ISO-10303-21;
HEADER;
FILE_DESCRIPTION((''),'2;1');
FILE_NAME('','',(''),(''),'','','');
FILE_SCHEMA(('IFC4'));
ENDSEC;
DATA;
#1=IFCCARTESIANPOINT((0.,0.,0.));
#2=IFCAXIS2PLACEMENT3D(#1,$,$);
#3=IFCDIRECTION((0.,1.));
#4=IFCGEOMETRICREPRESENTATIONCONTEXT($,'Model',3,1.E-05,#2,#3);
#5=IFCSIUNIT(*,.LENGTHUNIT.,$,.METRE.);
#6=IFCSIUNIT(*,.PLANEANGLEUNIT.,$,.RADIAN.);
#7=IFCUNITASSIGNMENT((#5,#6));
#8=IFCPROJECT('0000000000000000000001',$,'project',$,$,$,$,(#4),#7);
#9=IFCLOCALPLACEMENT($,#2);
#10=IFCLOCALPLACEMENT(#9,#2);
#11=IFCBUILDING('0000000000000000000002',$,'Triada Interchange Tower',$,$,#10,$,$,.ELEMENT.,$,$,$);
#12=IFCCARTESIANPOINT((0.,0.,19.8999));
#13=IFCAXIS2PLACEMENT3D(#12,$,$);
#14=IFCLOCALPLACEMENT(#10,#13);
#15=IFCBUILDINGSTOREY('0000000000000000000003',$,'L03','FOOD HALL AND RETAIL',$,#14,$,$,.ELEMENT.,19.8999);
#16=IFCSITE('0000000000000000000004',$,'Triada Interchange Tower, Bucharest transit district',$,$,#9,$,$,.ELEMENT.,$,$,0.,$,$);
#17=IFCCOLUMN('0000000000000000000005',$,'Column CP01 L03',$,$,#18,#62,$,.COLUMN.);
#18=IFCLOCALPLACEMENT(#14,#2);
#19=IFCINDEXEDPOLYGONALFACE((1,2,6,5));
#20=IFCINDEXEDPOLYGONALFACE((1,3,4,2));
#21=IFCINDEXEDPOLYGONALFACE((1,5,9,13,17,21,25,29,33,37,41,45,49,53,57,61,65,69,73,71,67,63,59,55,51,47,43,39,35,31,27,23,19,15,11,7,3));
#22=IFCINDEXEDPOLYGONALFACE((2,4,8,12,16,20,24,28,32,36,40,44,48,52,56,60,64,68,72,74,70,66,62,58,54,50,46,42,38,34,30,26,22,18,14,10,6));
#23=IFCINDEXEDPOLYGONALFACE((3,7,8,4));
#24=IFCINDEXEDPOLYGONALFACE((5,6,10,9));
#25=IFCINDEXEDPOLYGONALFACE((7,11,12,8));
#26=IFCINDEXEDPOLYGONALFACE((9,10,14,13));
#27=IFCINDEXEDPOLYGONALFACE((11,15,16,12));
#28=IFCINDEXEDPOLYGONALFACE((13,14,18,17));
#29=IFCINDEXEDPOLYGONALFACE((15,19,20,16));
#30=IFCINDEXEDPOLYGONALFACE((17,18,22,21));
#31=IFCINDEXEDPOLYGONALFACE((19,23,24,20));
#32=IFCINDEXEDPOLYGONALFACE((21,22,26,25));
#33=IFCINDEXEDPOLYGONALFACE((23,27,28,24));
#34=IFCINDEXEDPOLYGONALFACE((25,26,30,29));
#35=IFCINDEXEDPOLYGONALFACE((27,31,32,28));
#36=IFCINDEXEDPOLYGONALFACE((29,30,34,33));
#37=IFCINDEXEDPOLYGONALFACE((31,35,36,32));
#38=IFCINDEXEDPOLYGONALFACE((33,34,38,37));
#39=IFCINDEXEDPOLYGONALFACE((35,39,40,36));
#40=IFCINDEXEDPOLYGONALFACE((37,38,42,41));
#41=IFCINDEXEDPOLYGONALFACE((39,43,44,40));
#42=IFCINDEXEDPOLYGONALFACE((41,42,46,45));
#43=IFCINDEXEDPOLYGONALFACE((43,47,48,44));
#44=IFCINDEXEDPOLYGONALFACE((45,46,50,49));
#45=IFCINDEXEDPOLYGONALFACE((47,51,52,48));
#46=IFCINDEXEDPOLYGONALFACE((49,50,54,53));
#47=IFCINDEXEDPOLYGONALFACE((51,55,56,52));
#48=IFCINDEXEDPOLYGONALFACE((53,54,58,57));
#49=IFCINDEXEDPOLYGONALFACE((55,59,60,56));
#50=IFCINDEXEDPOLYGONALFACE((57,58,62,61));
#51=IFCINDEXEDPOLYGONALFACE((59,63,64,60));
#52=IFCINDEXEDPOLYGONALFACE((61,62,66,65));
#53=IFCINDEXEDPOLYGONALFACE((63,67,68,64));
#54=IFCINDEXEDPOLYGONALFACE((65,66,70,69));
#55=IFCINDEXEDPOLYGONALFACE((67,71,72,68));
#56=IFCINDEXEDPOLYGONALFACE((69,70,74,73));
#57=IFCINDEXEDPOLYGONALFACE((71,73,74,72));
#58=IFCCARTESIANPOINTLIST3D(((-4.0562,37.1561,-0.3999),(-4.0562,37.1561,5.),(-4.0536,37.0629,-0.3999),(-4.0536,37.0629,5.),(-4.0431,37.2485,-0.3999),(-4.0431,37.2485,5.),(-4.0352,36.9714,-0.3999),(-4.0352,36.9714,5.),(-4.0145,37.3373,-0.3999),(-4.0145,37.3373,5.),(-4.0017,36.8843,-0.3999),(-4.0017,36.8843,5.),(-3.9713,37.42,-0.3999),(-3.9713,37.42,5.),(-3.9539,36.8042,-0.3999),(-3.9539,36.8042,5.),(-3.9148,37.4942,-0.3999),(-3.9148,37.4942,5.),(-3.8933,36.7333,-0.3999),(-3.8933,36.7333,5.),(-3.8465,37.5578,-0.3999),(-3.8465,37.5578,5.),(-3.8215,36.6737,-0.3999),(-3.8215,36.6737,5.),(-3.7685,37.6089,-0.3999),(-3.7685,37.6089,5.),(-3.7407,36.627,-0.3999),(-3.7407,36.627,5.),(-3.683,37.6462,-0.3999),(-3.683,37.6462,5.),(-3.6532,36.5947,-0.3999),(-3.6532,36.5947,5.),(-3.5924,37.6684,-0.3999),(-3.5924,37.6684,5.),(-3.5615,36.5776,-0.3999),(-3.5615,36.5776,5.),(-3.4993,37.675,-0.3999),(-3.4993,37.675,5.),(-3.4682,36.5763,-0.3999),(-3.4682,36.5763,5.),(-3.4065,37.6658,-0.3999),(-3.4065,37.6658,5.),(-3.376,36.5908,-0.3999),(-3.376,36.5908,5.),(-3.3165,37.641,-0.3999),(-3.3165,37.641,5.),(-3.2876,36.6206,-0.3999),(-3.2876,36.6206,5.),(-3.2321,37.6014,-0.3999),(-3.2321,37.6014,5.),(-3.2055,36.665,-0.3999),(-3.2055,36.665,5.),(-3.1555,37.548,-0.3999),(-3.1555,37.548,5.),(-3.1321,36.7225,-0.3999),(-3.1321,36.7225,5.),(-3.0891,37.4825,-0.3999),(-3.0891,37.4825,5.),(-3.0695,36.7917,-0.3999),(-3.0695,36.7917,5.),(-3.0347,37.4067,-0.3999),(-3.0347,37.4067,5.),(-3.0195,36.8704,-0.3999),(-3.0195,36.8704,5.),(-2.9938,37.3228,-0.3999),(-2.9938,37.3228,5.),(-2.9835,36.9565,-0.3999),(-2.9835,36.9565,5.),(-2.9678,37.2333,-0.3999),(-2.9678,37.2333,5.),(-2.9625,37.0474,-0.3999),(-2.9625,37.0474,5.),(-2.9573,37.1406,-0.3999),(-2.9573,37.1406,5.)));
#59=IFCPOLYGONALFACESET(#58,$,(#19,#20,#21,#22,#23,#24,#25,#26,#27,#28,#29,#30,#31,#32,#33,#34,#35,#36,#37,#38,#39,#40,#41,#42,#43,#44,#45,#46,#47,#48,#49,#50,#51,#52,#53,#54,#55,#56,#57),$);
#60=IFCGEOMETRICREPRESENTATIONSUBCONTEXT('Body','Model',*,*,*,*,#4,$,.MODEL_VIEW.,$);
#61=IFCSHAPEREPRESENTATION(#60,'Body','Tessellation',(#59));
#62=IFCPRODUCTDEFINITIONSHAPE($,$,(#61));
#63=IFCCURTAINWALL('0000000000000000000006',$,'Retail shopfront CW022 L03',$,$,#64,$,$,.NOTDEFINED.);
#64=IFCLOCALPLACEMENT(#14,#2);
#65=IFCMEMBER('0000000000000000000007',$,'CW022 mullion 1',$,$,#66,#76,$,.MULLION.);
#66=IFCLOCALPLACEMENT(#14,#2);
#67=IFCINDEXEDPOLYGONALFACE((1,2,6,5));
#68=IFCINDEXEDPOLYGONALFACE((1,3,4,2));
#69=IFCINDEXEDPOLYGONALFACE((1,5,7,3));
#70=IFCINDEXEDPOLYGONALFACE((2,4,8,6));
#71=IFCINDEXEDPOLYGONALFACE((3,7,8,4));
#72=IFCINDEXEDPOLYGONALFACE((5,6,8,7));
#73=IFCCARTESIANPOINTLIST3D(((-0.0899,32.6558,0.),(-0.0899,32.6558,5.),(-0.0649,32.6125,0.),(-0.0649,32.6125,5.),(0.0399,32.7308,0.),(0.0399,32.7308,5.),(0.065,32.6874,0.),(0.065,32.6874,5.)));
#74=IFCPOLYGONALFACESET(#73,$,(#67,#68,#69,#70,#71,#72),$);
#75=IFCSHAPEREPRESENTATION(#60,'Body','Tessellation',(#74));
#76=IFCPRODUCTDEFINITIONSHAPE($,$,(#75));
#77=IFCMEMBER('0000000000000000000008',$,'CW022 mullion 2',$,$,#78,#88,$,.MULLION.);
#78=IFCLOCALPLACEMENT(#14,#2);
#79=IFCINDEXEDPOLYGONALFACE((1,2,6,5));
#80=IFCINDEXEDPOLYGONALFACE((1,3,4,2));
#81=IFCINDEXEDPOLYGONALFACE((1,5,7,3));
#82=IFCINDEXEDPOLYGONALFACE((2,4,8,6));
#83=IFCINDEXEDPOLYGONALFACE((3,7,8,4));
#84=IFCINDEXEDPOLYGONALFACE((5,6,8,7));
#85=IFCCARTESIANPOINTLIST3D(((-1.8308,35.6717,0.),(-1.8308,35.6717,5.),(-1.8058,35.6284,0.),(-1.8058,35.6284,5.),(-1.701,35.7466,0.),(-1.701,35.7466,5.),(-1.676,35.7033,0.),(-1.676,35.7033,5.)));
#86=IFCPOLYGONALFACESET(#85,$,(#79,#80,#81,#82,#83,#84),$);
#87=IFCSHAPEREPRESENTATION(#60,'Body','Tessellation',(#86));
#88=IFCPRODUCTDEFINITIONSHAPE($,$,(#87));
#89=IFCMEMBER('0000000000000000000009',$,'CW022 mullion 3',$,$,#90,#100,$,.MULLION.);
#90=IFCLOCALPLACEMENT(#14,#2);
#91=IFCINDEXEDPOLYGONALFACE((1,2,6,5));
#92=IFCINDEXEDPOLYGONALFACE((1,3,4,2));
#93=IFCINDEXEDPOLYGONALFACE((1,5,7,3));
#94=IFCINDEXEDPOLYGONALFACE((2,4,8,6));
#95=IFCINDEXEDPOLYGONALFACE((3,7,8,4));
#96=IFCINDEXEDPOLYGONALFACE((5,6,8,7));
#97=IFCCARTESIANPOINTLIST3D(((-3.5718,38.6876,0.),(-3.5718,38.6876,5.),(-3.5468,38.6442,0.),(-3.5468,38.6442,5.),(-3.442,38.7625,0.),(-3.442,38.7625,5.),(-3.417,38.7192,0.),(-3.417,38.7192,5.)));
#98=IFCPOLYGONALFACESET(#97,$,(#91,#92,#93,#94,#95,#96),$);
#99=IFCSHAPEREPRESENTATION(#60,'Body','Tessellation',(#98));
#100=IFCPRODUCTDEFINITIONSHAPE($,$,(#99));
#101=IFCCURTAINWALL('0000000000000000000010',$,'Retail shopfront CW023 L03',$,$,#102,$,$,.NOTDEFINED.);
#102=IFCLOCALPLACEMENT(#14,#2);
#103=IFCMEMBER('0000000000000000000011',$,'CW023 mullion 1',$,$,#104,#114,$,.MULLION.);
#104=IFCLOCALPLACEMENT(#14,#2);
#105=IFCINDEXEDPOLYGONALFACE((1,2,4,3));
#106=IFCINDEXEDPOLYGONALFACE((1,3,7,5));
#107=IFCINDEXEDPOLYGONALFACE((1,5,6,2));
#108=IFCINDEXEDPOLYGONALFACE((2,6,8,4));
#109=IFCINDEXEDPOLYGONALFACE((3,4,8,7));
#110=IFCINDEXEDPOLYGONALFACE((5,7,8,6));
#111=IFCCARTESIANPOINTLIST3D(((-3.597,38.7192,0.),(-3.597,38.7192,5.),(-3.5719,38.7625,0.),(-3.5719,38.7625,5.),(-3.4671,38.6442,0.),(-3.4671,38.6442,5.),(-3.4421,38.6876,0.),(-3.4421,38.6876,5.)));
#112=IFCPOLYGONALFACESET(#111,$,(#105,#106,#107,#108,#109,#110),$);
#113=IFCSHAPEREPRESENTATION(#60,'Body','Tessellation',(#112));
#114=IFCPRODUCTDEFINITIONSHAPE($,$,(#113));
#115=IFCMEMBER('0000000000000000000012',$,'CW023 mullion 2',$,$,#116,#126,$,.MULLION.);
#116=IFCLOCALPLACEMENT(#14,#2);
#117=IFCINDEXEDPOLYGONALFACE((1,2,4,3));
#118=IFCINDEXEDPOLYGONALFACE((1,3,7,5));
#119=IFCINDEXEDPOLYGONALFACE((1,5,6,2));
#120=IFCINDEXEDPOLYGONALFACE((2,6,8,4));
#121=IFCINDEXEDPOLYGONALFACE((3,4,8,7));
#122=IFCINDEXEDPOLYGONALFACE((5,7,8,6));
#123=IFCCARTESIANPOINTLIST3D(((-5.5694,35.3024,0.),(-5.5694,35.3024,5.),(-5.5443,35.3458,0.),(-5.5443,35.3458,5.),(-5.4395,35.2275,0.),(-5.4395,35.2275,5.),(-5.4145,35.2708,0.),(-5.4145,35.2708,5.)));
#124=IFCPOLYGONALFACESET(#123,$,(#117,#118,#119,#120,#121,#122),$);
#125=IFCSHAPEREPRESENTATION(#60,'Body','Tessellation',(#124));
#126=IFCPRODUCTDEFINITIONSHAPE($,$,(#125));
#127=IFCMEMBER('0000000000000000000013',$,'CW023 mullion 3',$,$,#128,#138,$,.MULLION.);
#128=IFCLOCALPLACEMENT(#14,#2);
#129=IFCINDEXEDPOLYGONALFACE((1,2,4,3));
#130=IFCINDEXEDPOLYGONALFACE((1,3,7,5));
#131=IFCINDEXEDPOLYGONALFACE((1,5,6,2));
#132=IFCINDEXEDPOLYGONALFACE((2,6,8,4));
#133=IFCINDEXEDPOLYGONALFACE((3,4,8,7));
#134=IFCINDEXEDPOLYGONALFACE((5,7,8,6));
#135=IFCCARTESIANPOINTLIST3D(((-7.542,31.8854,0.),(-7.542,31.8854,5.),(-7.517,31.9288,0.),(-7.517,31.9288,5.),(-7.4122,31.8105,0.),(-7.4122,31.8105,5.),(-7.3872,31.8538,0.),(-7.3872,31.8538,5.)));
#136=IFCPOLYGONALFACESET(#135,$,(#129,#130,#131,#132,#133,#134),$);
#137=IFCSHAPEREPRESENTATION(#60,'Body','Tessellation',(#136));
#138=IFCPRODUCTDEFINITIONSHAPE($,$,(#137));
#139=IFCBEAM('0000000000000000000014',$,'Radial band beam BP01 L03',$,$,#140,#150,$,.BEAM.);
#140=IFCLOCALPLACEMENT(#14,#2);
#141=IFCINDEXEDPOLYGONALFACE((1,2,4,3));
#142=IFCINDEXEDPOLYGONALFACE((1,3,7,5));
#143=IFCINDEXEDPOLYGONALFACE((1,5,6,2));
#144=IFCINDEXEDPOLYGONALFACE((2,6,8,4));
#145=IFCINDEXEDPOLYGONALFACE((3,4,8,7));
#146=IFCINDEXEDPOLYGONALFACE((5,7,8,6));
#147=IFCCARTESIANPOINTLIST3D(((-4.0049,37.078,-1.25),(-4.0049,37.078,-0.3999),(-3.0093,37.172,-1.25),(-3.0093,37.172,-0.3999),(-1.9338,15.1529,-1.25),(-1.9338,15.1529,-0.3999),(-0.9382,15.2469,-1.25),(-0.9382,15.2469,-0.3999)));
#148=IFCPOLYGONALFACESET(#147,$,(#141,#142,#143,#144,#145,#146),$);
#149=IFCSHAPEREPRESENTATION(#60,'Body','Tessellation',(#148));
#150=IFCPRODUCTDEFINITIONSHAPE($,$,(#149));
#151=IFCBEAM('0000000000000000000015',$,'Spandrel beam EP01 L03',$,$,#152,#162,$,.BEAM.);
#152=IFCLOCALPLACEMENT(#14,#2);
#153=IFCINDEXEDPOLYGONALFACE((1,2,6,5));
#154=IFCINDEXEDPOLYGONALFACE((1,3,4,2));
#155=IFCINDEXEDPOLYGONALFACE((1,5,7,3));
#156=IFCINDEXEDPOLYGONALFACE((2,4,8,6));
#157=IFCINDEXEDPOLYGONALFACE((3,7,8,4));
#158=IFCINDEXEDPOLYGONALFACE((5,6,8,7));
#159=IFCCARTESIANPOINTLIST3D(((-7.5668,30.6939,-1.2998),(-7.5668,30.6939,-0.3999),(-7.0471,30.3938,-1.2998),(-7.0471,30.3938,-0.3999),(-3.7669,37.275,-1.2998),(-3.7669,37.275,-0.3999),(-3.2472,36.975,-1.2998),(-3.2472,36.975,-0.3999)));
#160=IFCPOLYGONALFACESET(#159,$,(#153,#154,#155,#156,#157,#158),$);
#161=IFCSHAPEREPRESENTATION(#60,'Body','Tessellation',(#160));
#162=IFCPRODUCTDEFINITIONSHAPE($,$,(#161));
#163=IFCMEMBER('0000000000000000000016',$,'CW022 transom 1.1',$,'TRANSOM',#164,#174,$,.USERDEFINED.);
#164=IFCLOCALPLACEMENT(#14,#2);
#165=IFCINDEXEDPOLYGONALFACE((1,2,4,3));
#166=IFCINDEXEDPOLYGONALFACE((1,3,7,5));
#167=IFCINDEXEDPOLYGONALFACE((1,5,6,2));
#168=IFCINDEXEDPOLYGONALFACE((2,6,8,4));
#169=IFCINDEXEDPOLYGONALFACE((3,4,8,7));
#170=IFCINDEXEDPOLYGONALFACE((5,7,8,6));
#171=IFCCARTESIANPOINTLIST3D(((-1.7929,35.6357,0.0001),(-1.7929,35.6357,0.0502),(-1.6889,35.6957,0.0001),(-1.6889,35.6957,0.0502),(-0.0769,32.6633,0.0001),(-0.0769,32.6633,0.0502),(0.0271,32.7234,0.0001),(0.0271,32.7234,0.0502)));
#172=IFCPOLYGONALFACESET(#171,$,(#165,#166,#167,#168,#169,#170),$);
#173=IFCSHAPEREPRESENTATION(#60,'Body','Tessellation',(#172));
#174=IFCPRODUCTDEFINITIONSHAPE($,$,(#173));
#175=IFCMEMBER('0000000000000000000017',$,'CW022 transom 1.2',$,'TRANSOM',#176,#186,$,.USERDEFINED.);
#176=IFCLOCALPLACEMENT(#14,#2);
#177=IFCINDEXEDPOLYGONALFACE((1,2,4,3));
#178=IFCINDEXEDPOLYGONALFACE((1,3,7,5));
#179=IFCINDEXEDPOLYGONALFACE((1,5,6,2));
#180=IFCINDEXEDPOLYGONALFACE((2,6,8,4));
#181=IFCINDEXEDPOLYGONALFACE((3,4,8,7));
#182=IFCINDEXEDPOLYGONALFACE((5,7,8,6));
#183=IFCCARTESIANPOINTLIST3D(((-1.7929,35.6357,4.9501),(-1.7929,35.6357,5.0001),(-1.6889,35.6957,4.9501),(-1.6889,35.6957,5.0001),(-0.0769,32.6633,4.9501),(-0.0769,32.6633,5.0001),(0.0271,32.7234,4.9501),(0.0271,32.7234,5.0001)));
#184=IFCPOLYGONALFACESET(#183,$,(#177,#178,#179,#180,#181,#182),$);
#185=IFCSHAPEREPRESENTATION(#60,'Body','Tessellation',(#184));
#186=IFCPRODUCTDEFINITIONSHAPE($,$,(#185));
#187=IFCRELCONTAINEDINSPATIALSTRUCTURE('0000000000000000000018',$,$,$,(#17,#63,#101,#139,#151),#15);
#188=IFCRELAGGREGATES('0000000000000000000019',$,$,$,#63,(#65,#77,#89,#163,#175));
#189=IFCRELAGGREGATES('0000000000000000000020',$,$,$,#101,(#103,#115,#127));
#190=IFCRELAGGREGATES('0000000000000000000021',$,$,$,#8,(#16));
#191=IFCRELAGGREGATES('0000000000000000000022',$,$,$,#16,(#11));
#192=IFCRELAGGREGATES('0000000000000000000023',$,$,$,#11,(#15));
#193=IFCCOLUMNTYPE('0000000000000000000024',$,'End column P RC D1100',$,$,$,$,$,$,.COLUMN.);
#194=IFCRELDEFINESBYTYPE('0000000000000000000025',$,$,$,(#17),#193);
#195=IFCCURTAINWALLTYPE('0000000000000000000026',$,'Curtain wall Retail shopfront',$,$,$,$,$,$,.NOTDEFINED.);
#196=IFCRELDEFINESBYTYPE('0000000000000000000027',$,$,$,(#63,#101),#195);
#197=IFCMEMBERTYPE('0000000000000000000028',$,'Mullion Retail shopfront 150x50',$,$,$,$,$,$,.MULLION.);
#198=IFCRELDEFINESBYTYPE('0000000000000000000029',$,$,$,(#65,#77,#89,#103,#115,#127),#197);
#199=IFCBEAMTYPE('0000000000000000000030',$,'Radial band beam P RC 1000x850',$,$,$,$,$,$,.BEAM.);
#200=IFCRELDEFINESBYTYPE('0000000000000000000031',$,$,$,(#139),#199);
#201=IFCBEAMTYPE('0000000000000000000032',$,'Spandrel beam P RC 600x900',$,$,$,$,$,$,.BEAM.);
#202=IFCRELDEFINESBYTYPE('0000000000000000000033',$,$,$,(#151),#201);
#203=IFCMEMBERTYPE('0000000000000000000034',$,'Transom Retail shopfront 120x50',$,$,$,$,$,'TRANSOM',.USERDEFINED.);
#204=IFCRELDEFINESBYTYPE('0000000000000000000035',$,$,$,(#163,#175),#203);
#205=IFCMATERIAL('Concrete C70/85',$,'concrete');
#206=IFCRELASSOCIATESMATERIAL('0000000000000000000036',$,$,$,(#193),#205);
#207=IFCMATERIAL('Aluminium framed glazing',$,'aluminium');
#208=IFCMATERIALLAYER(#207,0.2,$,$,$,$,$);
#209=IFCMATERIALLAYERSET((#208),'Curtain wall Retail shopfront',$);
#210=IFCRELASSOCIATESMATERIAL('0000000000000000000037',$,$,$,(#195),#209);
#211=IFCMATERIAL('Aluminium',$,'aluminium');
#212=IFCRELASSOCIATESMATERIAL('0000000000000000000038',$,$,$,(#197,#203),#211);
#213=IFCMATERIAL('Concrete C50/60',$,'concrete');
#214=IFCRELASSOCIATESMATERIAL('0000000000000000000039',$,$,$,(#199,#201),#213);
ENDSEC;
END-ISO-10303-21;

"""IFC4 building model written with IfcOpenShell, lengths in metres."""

from ifc_helpers import new_model, si_unit, direction, frame, origin, origin_2d, place, context, subcontext, project, spatial, rectangle, circle, extrude, material, layer, layer_set, material_profile, profile_set, type_object, element, aggregate, save


model = new_model("IFC4")

# Units and contexts
model_context = context("Model", 3, precision=1e-05, world=origin(), true_north=direction((0.0, 1.0)))
body_context = subcontext(model_context, "Body", "Model", "MODEL_VIEW")
ifc_project = project(units=[si_unit("LENGTHUNIT", "METRE"), si_unit("PLANEANGLEUNIT", "RADIAN")], contexts=[model_context])

# Site, building, storey
site_placement = place(None, origin())
site = spatial("IfcSite", under=ifc_project, at=site_placement, Name="Triada Interchange Tower, Bucharest transit district", CompositionType="ELEMENT", RefElevation=0.0)
building_placement = place(site_placement, origin())
building = spatial("IfcBuilding", under=site, at=building_placement, Name="Triada Interchange Tower", CompositionType="ELEMENT")
storey_placement = place(building_placement, frame((0.0, 0.0, 19.8999)))
storey = spatial("IfcBuildingStorey", under=building, at=storey_placement, Name="L03", Description="FOOD HALL AND RETAIL", CompositionType="ELEMENT", Elevation=19.8999)

# Column
ifc_material_1 = material(Name="Concrete C70/85", Category="concrete")
ifc_material_profile_1 = material_profile(ifc_material_1, circle(Radius=0.55, at=origin_2d()), Name="RC D1100")
ifc_profile_set_1 = profile_set([ifc_material_profile_1], Name="Concrete C70/85")
column_type = type_object("IfcColumnType", Name="End column P RC D1100", PredefinedType="COLUMN", material=ifc_profile_set_1)
column_placement = place(storey_placement, frame((-3.5071, 37.125, -0.3999), z_axis=(0.0, 0.0, 1.0), x_axis=(0.5, 0.866025, 0.0)))
element("IfcColumn", 1, at=column_placement, inside=storey, type_object=column_type, Name="Column CP01 L03", PredefinedType="COLUMN", context=body_context, shape_type="SweptSolid", body=[
    extrude(circle(Radius=0.55, at=origin_2d()), origin(), (0.0, 0.0, 1.0), 5.3999),
])

# Curtain walls, members
ifc_material_2 = material(Name="Aluminium framed glazing", Category="aluminium")
ifc_layer_1 = layer(ifc_material_2, 0.2)
ifc_layer_set_1 = layer_set([ifc_layer_1], Name="Curtain wall Retail shopfront")
curtain_wall_type = type_object("IfcCurtainWallType", Name="Curtain wall Retail shopfront", PredefinedType="NOTDEFINED", material=ifc_layer_set_1)
curtain_wall_1_placement = place(storey_placement, origin())
curtain_wall_1 = element("IfcCurtainWall", 2, at=curtain_wall_1_placement, inside=storey, type_object=curtain_wall_type, Name="Retail shopfront CW022 L03", PredefinedType="NOTDEFINED")
ifc_material_3 = material(Name="Aluminium", Category="aluminium")
ifc_material_profile_2 = material_profile(ifc_material_3, rectangle(XDim=0.1499, YDim=0.05, at=origin_2d()), Name="Aluminium mullion")
ifc_profile_set_2 = profile_set([ifc_material_profile_2], Name="Aluminium")
member_type_1 = type_object("IfcMemberType", Name="Mullion Retail shopfront 150x50", PredefinedType="MULLION", material=ifc_profile_set_2)
member_1_placement = place(storey_placement, frame((-0.0125, 32.6716, 0.0), z_axis=(0.0, 0.0, 1.0), x_axis=(-0.86605, -0.499957, 0.0)))
member_1 = element("IfcMember", 3, at=member_1_placement, type_object=member_type_1, Name="CW022 mullion 1", PredefinedType="MULLION", context=body_context, shape_type="SweptSolid", body=[
    extrude(rectangle(XDim=0.1499, YDim=0.05, at=origin_2d()), origin(), (0.0, 0.0, 1.0), 5.0),
])
member_2_placement = place(storey_placement, frame((-1.7534, 35.6875, 0.0), z_axis=(0.0, 0.0, 1.0), x_axis=(-0.86605, -0.499957, 0.0)))
member_2 = element("IfcMember", 4, at=member_2_placement, type_object=member_type_1, Name="CW022 mullion 2", PredefinedType="MULLION", context=body_context, shape_type="SweptSolid", body=[
    extrude(rectangle(XDim=0.1499, YDim=0.05, at=origin_2d()), origin(), (0.0, 0.0, 1.0), 5.0),
])
member_3_placement = place(storey_placement, frame((-3.4944, 38.7034, 0.0), z_axis=(0.0, 0.0, 1.0), x_axis=(-0.86605, -0.499957, 0.0)))
member_3 = element("IfcMember", 5, at=member_3_placement, type_object=member_type_1, Name="CW022 mullion 3", PredefinedType="MULLION", context=body_context, shape_type="SweptSolid", body=[
    extrude(rectangle(XDim=0.1499, YDim=0.05, at=origin_2d()), origin(), (0.0, 0.0, 1.0), 5.0),
])
curtain_wall_2_placement = place(storey_placement, origin())
curtain_wall_2 = element("IfcCurtainWall", 6, at=curtain_wall_2_placement, inside=storey, type_object=curtain_wall_type, Name="Retail shopfront CW023 L03", PredefinedType="NOTDEFINED")
member_4_placement = place(storey_placement, frame((-3.5195, 38.7034, 0.0), z_axis=(0.0, 0.0, 1.0), x_axis=(0.866049, -0.499959, 0.0)))
member_4 = element("IfcMember", 7, at=member_4_placement, type_object=member_type_1, Name="CW023 mullion 1", PredefinedType="MULLION", context=body_context, shape_type="SweptSolid", body=[
    extrude(rectangle(XDim=0.1499, YDim=0.05, at=origin_2d()), origin(), (0.0, 0.0, 1.0), 5.0),
])
member_5_placement = place(storey_placement, frame((-5.4919, 35.2866, 0.0), z_axis=(0.0, 0.0, 1.0), x_axis=(0.866049, -0.499959, 0.0)))
member_5 = element("IfcMember", 8, at=member_5_placement, type_object=member_type_1, Name="CW023 mullion 2", PredefinedType="MULLION", context=body_context, shape_type="SweptSolid", body=[
    extrude(rectangle(XDim=0.1499, YDim=0.05, at=origin_2d()), origin(), (0.0, 0.0, 1.0), 5.0),
])
member_6_placement = place(storey_placement, frame((-7.4646, 31.8696, 0.0), z_axis=(0.0, 0.0, 1.0), x_axis=(0.866049, -0.499959, 0.0)))
member_6 = element("IfcMember", 9, at=member_6_placement, type_object=member_type_1, Name="CW023 mullion 3", PredefinedType="MULLION", context=body_context, shape_type="SweptSolid", body=[
    extrude(rectangle(XDim=0.1499, YDim=0.05, at=origin_2d()), origin(), (0.0, 0.0, 1.0), 5.0),
])

# Beams
ifc_material_4 = material(Name="Concrete C50/60", Category="concrete")
ifc_material_profile_3 = material_profile(ifc_material_4, rectangle(XDim=1.0, YDim=0.8501, at=origin_2d()), Name="RC 1000x850")
ifc_profile_set_3 = profile_set([ifc_material_profile_3], Name="Concrete C50/60")
beam_type_1 = type_object("IfcBeamType", Name="Radial band beam P RC 1000x850", PredefinedType="BEAM", material=ifc_profile_set_3)
beam_1_placement = place(storey_placement, frame((-3.5071, 37.125, -0.825), z_axis=(0.094042, -0.995568, 0.0), x_axis=(0.995568, 0.094042, 0.0)))
element("IfcBeam", 10, at=beam_1_placement, inside=storey, type_object=beam_type_1, Name="Radial band beam BP01 L03", PredefinedType="BEAM", context=body_context, shape_type="SweptSolid", body=[
    extrude(rectangle(XDim=1.0, YDim=0.8501, at=origin_2d()), origin(), (0.0, 0.0, 1.0), 22.0227),
])
ifc_material_profile_4 = material_profile(ifc_material_4, rectangle(XDim=0.6001, YDim=0.8999, at=origin_2d()), Name="RC 600x900")
ifc_profile_set_4 = profile_set([ifc_material_profile_4], Name="Concrete C50/60")
beam_type_2 = type_object("IfcBeamType", Name="Spandrel beam P RC 600x900", PredefinedType="BEAM", material=ifc_profile_set_4)
beam_2_placement = place(storey_placement, frame((-3.5071, 37.125, -0.8499), z_axis=(-0.500023, -0.866012, 0.0), x_axis=(0.866012, -0.500023, 0.0)))
element("IfcBeam", 11, at=beam_2_placement, inside=storey, type_object=beam_type_2, Name="Spandrel beam EP01 L03", PredefinedType="BEAM", context=body_context, shape_type="SweptSolid", body=[
    extrude(rectangle(XDim=0.6001, YDim=0.8999, at=origin_2d()), origin(), (0.0, 0.0, 1.0), 7.5994),
])

# Members
ifc_material_profile_5 = material_profile(ifc_material_3, rectangle(XDim=0.1201, YDim=0.05, at=origin_2d()), Name="Aluminium transom")
ifc_profile_set_5 = profile_set([ifc_material_profile_5], Name="Aluminium")
member_type_2 = type_object("IfcMemberType", Name="Transom Retail shopfront 120x50", ElementType="TRANSOM", PredefinedType="USERDEFINED", material=ifc_profile_set_5)
member_7_placement = place(storey_placement, frame((-0.0249, 32.6934, 0.0251), z_axis=(-0.499987, 0.866033, 0.0), x_axis=(-0.866033, -0.499987, 0.0)))
member_7 = element("IfcMember", 12, at=member_7_placement, type_object=member_type_2, Name="CW022 transom 1.1", ObjectType="TRANSOM", PredefinedType="USERDEFINED", context=body_context, shape_type="SweptSolid", body=[
    extrude(rectangle(XDim=0.1201, YDim=0.05, at=origin_2d()), origin(), (0.0, 0.0, 1.0), 3.4321),
])
member_8_placement = place(storey_placement, frame((-0.0249, 32.6934, 4.9751), z_axis=(-0.499987, 0.866033, 0.0), x_axis=(-0.866033, -0.499987, 0.0)))
member_8 = element("IfcMember", 13, at=member_8_placement, type_object=member_type_2, Name="CW022 transom 1.2", ObjectType="TRANSOM", PredefinedType="USERDEFINED", context=body_context, shape_type="SweptSolid", body=[
    extrude(rectangle(XDim=0.1201, YDim=0.05, at=origin_2d()), origin(), (0.0, 0.0, 1.0), 3.4321),
])

aggregate(curtain_wall_1, [member_1, member_2, member_3, member_7, member_8])
aggregate(curtain_wall_2, [member_4, member_5, member_6])

save(model, "model.ifc")
